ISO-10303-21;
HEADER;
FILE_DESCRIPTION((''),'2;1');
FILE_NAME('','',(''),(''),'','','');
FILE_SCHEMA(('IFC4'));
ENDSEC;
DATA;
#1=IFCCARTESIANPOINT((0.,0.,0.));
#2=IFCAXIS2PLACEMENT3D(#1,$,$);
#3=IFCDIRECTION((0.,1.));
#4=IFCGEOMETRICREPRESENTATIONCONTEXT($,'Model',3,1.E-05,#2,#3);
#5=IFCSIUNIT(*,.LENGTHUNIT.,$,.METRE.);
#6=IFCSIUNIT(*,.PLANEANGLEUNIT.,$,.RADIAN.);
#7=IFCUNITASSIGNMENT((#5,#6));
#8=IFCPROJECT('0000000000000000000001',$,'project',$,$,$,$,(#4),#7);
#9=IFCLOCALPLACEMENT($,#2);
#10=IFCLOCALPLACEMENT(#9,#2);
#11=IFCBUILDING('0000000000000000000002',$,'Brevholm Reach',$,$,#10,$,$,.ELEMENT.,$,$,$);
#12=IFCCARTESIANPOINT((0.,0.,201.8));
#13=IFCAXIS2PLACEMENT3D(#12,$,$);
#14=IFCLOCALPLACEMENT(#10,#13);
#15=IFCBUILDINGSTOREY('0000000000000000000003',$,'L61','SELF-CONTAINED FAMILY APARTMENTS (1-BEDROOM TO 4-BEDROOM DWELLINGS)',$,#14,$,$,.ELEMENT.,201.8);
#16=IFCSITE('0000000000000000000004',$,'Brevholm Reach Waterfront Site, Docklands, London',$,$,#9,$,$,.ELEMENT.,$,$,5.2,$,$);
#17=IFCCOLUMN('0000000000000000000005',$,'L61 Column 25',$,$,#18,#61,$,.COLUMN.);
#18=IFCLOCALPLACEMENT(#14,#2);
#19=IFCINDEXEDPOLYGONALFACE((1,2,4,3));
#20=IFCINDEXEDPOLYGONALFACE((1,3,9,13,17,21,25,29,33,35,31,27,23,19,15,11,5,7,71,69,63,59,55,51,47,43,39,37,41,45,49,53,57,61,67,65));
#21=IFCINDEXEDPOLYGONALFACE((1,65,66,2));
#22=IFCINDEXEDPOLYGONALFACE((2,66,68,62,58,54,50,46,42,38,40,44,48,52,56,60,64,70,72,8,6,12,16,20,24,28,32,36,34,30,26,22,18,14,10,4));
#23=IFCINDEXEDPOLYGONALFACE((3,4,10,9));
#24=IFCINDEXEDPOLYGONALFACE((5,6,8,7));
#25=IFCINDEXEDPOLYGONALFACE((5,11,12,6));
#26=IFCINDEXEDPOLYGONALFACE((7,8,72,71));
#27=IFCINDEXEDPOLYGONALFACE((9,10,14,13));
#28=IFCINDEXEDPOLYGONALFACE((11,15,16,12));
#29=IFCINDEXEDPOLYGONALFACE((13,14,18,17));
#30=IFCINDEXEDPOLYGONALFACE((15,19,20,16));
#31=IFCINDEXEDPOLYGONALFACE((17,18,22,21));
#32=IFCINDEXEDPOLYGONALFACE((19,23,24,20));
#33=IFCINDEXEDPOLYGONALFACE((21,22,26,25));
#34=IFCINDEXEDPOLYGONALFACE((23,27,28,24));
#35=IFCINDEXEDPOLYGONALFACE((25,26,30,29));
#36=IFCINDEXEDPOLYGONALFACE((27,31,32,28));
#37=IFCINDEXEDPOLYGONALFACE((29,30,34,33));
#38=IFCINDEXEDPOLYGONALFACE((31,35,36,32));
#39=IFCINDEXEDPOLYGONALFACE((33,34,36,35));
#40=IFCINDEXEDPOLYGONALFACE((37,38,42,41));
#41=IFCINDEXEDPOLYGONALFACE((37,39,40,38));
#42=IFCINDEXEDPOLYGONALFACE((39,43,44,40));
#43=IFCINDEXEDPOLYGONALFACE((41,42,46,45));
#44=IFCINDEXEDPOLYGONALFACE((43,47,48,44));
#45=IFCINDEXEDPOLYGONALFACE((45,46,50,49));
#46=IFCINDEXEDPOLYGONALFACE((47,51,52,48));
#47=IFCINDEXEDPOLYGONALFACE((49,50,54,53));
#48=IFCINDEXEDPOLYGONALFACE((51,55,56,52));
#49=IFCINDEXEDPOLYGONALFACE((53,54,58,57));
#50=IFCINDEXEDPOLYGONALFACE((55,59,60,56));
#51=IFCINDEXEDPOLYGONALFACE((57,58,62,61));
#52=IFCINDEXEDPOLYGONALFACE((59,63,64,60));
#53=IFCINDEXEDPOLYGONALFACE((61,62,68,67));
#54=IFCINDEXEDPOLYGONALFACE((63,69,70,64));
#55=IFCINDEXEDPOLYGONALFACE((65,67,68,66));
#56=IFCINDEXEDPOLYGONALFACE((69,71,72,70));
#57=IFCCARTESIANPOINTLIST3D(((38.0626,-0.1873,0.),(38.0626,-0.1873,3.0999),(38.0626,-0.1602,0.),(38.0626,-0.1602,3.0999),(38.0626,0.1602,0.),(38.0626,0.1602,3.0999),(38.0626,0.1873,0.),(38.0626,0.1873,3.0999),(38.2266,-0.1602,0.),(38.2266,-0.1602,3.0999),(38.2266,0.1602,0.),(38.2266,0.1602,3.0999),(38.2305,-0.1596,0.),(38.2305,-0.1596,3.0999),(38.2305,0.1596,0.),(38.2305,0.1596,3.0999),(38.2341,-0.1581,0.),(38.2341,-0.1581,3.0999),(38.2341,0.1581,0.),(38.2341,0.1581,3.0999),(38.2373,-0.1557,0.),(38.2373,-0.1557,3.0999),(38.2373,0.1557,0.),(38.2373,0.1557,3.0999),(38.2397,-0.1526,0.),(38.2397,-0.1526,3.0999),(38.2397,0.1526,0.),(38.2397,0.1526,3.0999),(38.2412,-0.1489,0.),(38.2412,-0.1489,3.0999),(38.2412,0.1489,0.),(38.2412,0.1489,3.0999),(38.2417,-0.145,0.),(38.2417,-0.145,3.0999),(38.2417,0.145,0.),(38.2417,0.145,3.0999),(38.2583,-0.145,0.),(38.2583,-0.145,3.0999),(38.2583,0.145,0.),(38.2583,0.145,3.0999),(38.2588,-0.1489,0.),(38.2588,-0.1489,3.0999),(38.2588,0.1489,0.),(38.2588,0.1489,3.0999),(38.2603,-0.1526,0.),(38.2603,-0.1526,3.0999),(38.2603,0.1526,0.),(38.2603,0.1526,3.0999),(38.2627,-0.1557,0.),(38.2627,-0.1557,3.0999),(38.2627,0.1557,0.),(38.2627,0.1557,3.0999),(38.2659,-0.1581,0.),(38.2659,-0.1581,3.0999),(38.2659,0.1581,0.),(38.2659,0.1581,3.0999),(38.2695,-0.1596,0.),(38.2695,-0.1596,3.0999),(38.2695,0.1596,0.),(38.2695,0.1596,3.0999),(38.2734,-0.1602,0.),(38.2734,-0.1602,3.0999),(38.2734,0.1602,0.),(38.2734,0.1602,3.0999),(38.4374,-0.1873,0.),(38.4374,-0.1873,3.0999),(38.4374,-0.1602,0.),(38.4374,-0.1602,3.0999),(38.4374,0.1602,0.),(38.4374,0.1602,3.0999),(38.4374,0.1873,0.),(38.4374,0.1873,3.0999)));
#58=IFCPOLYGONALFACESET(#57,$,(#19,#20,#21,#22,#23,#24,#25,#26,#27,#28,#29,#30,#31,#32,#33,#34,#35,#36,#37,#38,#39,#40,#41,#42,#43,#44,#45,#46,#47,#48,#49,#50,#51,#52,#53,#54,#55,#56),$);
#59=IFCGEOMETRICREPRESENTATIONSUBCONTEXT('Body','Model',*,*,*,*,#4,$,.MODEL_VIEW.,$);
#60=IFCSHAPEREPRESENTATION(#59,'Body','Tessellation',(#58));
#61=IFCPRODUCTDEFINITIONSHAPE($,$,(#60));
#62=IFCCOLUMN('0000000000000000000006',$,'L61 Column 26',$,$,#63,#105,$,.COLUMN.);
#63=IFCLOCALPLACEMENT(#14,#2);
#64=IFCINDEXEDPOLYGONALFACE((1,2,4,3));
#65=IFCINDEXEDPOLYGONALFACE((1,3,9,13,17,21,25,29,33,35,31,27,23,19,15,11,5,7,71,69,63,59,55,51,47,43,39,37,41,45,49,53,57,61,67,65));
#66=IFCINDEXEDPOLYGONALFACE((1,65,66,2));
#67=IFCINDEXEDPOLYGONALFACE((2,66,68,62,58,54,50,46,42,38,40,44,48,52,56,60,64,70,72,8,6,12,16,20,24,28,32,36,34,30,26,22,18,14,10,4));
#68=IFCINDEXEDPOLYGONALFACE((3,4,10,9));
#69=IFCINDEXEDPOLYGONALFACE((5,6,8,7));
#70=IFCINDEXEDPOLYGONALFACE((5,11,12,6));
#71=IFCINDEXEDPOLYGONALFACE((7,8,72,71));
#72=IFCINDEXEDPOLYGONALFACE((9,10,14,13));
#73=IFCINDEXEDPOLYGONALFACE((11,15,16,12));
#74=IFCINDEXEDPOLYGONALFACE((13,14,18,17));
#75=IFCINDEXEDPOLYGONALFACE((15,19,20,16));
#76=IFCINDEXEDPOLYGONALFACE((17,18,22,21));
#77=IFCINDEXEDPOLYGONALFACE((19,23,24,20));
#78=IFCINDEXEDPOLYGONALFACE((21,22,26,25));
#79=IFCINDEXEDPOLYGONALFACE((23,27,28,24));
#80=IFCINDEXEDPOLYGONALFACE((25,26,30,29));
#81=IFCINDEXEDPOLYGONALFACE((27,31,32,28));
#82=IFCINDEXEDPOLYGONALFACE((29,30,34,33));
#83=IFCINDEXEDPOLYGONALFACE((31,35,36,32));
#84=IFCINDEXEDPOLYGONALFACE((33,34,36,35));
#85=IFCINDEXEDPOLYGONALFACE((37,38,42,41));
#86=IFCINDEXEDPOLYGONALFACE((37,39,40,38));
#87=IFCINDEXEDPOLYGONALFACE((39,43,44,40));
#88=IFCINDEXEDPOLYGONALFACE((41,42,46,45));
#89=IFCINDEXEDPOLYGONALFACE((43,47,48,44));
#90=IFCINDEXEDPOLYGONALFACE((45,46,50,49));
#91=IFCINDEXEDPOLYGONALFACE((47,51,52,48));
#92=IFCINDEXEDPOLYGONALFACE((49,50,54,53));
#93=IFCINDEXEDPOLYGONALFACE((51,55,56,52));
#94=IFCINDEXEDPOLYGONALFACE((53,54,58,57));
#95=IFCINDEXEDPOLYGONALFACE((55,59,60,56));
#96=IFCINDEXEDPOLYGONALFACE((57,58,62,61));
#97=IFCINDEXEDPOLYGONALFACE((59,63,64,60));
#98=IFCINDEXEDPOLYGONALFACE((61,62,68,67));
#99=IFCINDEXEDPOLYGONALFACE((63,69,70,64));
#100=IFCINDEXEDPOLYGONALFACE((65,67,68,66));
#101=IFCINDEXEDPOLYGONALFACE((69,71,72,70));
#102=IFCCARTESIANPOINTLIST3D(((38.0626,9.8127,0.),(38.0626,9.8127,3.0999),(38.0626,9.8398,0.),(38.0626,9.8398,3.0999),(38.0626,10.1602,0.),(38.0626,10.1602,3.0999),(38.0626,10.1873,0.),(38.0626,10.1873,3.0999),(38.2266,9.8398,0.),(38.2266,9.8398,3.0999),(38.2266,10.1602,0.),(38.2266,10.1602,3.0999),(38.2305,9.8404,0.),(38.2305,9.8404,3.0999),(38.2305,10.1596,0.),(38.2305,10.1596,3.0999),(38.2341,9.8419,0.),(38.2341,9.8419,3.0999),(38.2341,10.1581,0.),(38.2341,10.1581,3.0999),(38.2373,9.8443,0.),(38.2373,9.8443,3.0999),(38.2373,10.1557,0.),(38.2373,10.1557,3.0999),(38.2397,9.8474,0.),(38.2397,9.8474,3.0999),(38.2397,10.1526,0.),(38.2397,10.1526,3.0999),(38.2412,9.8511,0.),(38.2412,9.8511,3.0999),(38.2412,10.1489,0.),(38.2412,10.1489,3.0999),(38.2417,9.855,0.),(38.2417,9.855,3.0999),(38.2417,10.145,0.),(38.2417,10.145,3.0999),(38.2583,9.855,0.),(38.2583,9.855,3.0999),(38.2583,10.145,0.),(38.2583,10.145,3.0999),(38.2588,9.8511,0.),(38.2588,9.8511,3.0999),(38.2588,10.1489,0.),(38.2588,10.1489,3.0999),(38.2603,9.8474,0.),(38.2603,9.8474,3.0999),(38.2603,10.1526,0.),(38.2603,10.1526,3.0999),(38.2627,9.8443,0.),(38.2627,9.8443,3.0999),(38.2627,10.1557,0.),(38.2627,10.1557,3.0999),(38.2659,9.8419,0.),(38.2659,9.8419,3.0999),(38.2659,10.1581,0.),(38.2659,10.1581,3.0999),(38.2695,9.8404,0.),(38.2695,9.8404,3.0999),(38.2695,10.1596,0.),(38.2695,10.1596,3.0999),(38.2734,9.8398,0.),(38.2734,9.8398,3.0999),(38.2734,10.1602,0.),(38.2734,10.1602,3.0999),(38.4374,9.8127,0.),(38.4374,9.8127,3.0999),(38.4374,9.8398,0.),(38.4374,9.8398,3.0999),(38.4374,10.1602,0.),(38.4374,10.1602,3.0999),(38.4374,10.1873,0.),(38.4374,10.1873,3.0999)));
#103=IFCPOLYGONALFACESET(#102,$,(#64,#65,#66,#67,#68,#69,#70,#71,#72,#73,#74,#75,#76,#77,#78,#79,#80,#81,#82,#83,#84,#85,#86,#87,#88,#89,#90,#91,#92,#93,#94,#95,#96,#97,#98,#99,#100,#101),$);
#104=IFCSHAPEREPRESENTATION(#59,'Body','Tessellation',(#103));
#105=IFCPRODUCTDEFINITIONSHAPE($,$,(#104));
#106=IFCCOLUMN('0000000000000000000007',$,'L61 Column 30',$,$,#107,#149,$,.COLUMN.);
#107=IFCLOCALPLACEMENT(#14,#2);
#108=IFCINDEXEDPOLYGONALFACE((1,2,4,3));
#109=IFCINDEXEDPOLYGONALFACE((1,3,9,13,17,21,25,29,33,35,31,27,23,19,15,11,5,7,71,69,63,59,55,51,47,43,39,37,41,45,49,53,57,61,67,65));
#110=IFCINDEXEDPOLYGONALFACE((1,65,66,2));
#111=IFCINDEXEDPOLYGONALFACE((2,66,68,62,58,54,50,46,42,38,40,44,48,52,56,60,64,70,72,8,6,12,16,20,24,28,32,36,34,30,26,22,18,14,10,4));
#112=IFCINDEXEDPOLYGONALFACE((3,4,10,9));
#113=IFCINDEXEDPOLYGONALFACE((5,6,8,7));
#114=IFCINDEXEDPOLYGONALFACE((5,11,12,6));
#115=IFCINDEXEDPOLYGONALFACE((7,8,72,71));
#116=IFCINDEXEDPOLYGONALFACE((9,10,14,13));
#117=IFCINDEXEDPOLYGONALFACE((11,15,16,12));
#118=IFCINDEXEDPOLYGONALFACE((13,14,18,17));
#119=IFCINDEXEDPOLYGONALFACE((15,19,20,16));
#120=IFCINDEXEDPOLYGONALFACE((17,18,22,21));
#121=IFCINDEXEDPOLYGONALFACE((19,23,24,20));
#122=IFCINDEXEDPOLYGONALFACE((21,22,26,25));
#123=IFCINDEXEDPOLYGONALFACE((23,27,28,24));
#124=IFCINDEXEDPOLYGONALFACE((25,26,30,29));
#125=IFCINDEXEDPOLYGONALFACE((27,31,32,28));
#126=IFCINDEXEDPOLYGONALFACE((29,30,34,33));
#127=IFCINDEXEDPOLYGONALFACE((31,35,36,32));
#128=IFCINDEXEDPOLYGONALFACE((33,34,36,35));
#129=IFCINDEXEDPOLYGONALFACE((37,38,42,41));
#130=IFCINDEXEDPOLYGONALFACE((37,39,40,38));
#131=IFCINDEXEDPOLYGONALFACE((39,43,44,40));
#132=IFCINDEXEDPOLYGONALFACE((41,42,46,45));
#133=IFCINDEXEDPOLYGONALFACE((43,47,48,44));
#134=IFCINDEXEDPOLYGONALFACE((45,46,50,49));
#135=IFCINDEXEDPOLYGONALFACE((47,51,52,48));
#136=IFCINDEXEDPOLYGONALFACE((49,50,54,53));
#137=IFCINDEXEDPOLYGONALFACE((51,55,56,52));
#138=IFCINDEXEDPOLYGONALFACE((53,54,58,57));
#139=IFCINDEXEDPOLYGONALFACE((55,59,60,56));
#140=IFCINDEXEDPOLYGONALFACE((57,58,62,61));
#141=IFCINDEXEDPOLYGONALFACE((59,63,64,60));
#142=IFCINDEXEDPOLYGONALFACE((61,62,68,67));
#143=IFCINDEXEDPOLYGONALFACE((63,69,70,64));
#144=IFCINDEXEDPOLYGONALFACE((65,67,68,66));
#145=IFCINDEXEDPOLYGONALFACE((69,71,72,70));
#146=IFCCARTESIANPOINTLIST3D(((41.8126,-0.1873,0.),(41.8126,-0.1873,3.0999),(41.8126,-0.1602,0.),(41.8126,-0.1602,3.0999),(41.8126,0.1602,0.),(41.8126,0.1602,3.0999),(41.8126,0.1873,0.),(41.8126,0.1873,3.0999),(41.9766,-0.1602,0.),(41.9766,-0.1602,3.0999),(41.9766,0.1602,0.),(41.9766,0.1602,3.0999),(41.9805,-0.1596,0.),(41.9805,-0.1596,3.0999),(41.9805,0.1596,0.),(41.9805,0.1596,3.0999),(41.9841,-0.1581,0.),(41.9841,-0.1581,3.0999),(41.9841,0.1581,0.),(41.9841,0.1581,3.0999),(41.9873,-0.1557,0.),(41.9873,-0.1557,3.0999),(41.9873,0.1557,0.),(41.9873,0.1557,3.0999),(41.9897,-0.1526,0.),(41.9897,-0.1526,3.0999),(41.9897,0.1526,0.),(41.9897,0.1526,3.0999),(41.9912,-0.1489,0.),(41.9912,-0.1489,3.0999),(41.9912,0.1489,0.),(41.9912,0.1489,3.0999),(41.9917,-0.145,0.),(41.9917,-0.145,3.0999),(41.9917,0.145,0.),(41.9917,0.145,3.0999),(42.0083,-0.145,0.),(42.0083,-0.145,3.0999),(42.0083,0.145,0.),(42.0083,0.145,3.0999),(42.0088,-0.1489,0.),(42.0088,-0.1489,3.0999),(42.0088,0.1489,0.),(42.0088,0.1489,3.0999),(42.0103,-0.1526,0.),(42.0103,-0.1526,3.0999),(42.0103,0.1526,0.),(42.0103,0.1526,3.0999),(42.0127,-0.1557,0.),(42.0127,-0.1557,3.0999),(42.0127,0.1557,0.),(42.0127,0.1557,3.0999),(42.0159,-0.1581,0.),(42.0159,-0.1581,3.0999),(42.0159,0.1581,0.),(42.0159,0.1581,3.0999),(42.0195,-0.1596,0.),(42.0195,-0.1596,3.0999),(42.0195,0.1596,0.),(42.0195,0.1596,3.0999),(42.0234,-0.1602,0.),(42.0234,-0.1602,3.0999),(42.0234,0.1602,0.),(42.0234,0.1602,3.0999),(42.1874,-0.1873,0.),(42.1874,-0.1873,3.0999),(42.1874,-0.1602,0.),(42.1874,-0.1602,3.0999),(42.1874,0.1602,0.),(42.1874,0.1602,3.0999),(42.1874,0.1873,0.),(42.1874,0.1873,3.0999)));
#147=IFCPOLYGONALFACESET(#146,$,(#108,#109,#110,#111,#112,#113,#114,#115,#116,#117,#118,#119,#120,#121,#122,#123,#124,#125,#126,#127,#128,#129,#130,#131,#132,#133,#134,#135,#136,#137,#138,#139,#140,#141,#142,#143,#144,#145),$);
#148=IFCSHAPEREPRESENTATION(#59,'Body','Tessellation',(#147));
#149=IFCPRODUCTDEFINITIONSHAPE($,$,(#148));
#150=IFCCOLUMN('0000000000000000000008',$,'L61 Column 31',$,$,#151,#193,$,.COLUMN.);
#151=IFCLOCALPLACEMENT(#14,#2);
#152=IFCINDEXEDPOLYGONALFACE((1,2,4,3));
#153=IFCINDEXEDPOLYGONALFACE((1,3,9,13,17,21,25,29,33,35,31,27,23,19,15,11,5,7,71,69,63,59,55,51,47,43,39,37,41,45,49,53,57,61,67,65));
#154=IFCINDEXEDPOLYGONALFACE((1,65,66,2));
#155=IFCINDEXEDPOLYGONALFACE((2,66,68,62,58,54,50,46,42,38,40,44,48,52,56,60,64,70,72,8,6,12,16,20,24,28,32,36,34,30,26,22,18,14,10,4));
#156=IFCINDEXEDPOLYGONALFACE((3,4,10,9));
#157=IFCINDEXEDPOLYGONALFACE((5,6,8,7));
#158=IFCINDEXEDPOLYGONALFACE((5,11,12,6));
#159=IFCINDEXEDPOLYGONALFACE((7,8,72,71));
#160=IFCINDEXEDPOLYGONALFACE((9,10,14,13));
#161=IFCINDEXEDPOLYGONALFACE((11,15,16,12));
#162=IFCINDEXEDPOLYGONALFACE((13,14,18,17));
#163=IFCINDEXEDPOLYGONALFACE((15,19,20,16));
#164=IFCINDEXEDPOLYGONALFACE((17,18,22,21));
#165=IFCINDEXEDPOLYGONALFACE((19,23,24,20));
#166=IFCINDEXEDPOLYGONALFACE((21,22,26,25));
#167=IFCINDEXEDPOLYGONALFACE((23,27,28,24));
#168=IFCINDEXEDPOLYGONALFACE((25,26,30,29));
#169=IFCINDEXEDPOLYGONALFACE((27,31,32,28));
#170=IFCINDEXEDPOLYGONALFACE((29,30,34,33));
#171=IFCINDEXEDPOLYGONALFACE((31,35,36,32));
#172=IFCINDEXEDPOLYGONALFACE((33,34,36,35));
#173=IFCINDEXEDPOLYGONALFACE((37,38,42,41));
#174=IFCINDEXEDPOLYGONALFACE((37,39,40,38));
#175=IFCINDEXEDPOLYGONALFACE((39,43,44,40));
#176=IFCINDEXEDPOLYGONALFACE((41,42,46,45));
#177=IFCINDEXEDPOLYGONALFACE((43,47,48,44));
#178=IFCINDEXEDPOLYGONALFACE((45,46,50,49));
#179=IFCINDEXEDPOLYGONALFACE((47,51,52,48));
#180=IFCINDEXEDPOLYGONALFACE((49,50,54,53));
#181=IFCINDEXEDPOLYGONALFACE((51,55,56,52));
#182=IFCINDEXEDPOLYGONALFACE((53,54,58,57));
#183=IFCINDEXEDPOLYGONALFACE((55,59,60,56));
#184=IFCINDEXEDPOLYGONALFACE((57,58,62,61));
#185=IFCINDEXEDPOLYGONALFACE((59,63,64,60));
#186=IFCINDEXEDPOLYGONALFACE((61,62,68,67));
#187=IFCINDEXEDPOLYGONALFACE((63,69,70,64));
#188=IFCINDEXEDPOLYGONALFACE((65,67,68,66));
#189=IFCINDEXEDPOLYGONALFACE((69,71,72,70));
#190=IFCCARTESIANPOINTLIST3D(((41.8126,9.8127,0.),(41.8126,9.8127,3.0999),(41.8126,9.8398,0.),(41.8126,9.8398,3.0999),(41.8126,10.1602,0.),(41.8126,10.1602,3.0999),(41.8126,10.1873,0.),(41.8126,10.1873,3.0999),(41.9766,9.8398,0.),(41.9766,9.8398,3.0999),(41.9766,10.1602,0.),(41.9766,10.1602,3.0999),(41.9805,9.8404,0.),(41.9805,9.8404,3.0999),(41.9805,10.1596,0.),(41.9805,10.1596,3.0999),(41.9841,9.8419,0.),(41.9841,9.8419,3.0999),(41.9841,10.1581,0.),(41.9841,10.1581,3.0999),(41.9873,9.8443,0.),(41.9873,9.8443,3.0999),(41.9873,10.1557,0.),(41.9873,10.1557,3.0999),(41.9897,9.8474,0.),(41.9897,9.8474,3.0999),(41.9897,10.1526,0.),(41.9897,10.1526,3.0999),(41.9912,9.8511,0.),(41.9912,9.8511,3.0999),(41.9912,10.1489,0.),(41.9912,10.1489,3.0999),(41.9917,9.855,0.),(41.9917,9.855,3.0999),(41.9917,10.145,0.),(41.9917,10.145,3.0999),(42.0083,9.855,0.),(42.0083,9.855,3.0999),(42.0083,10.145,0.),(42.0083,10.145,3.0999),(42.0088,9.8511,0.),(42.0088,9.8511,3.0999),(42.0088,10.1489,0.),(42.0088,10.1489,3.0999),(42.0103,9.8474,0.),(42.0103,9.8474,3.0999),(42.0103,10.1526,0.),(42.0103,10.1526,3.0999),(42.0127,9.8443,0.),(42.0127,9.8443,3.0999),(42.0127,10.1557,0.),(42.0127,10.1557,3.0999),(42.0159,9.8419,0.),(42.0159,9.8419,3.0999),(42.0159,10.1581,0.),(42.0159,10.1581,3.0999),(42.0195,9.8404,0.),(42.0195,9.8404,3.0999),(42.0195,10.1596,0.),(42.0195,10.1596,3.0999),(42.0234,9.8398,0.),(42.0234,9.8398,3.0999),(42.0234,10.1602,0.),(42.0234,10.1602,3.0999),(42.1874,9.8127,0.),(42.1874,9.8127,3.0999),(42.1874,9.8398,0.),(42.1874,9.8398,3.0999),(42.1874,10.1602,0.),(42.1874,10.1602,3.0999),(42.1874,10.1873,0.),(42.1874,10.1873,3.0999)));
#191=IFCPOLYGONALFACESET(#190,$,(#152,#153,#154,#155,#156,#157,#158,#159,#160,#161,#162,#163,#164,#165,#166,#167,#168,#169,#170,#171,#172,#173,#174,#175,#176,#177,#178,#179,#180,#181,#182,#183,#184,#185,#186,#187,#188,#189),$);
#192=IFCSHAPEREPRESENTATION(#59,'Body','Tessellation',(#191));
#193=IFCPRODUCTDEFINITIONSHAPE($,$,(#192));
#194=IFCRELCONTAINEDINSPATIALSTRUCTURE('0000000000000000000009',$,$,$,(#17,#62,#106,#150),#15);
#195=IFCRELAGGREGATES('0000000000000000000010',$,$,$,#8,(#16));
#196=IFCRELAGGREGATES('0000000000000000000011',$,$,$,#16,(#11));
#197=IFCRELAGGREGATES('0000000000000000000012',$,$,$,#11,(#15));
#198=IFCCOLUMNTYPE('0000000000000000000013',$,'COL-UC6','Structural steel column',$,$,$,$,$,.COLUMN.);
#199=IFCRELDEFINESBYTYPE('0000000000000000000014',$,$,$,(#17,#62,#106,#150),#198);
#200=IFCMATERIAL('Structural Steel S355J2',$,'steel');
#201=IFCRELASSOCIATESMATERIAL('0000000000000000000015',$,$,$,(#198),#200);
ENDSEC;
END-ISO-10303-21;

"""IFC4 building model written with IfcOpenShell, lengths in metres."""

from ifc_helpers import new_model, si_unit, direction, frame, origin, origin_2d, place, context, subcontext, project, spatial, i_section, extrude, material, material_profile, profile_set, type_object, element, save


model = new_model("IFC4")

# Units and contexts
model_context = context("Model", 3, precision=1e-05, world=origin(), true_north=direction((0.0, 1.0)))
body_context = subcontext(model_context, "Body", "Model", "MODEL_VIEW")
ifc_project = project(units=[si_unit("LENGTHUNIT", "METRE"), si_unit("PLANEANGLEUNIT", "RADIAN")], contexts=[model_context])

# Site, building, storey
site_placement = place(None, origin())
site = spatial("IfcSite", under=ifc_project, at=site_placement, Name="Brevholm Reach Waterfront Site, Docklands, London", CompositionType="ELEMENT", RefElevation=5.2)
building_placement = place(site_placement, origin())
building = spatial("IfcBuilding", under=site, at=building_placement, Name="Brevholm Reach", CompositionType="ELEMENT")
storey_placement = place(building_placement, frame((0.0, 0.0, 201.8)))
storey = spatial("IfcBuildingStorey", under=building, at=storey_placement, Name="L61", Description="SELF-CONTAINED FAMILY APARTMENTS (1-BEDROOM TO 4-BEDROOM DWELLINGS)", CompositionType="ELEMENT", Elevation=201.8)

# Columns
ifc_material_1 = material(Name="Structural Steel S355J2", Category="steel")
ifc_material_profile_1 = material_profile(ifc_material_1, i_section(OverallWidth=0.3748, OverallDepth=0.3745, WebThickness=0.0166, FlangeThickness=0.0271, FilletRadius=0.0151, at=origin_2d()), Name="UKC 356x368x202")
ifc_profile_set_1 = profile_set([ifc_material_profile_1], Name="Structural Steel S355J2")
column_type = type_object("IfcColumnType", Name="COL-UC6", Description="Structural steel column", PredefinedType="COLUMN", material=ifc_profile_set_1)
for number, where, z_axis, x_axis, name in (
    (1, (38.25, 0.0, 0.0), (0.0, 0.0, 1.0), (1.0, 0.0, 0.0), "L61 Column 25"),
    (2, (38.25, 10.0, 0.0), (0.0, 0.0, 1.0), (1.0, 0.0, 0.0), "L61 Column 26"),
    (3, (42.0, 0.0, 0.0), (0.0, 0.0, 1.0), (1.0, 0.0, 0.0), "L61 Column 30"),
    (4, (42.0, 10.0, 0.0), (0.0, 0.0, 1.0), (1.0, 0.0, 0.0), "L61 Column 31"),
):
    element("IfcColumn", number, at=place(storey_placement, frame(where, z_axis=z_axis, x_axis=x_axis)), inside=storey, type_object=column_type, Name=name, PredefinedType="COLUMN", context=body_context, shape_type="SweptSolid", body=[
        extrude(i_section(OverallWidth=0.3748, OverallDepth=0.3745, WebThickness=0.0166, FlangeThickness=0.0271, FilletRadius=0.0151, at=origin_2d()), origin(), (0.0, 0.0, 1.0), 3.0999),
    ])

save(model, "model.ifc")
